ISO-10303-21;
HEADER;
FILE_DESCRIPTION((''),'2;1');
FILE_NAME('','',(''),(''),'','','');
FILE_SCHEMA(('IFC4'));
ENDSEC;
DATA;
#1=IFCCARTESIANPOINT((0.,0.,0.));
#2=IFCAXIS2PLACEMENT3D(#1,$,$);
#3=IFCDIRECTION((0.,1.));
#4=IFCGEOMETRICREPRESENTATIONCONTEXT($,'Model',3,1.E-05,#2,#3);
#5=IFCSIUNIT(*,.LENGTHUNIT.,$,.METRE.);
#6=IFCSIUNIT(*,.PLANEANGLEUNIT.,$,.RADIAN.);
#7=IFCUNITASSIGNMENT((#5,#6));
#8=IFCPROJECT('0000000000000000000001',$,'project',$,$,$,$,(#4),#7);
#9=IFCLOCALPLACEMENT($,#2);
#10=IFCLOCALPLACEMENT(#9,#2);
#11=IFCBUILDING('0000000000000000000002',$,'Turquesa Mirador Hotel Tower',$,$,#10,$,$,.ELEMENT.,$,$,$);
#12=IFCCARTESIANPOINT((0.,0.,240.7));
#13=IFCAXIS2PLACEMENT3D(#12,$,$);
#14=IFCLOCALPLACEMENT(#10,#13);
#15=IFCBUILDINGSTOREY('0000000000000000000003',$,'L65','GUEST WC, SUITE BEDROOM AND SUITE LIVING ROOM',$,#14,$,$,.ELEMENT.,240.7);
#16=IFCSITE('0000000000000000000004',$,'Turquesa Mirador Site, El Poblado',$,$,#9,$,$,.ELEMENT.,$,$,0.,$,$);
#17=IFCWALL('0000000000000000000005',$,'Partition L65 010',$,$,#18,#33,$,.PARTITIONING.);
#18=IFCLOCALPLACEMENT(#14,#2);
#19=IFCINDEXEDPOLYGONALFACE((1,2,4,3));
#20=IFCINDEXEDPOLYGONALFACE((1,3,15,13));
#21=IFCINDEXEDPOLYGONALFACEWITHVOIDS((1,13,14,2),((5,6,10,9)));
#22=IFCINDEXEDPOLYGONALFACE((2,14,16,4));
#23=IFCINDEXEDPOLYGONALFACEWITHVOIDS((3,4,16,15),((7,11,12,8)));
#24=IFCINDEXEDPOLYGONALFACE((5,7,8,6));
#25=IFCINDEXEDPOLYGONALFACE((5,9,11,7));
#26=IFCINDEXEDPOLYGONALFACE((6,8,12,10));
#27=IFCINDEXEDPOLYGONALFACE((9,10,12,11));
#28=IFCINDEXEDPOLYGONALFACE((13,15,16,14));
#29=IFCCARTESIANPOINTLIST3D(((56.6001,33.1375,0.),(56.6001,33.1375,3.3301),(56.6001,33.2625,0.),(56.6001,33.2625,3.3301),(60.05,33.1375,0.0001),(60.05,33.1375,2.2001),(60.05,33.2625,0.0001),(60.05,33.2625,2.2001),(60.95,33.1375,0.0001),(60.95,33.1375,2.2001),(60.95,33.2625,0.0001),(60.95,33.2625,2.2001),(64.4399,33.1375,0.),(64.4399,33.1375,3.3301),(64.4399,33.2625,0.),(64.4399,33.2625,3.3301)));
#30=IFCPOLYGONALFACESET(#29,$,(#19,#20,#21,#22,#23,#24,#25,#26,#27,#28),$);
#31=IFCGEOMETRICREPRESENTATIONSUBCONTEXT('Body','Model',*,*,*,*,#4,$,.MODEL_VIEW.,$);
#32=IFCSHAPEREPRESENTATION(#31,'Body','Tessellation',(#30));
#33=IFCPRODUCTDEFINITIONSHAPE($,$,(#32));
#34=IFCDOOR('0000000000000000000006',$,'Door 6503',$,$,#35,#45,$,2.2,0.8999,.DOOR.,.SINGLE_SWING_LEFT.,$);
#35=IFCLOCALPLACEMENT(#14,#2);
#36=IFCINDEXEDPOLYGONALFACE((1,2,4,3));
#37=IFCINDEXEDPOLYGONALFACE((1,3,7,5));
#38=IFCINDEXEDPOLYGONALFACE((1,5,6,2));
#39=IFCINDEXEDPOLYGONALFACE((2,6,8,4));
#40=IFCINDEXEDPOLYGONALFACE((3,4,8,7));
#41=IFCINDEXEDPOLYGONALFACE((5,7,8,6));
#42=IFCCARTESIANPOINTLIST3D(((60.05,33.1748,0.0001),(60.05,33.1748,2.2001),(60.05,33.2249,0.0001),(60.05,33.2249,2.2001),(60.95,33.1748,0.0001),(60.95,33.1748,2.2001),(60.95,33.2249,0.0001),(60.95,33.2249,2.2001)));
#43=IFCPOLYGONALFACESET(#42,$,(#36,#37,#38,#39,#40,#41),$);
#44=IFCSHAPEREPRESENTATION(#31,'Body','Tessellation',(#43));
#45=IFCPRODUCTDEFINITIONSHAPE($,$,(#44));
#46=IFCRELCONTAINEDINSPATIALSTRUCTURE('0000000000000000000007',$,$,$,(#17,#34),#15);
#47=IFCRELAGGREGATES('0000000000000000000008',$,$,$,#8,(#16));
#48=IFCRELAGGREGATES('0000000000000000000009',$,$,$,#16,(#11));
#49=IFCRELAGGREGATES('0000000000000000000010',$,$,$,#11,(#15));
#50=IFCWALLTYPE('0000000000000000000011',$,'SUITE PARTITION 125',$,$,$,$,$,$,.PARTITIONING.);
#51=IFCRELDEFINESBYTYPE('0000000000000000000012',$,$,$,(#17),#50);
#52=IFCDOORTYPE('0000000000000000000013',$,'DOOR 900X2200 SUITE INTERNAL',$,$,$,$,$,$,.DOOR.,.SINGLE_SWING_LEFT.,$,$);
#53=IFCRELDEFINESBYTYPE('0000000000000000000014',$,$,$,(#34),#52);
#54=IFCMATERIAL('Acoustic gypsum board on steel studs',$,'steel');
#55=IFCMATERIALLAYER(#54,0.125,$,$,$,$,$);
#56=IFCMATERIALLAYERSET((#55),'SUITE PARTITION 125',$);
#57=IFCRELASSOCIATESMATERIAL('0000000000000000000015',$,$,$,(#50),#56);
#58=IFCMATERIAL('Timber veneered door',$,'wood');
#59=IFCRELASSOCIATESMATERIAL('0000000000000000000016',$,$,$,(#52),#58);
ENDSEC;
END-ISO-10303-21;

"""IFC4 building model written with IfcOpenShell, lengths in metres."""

from ifc_helpers import new_model, si_unit, direction, frame, frame_2d, origin, place, context, subcontext, project, spatial, rectangle, extrude, material, layer, layer_set, type_object, element, fill, save


model = new_model("IFC4")

# Units and contexts
model_context = context("Model", 3, precision=1e-05, world=origin(), true_north=direction((0.0, 1.0)))
body_context = subcontext(model_context, "Body", "Model", "MODEL_VIEW")
ifc_project = project(units=[si_unit("LENGTHUNIT", "METRE"), si_unit("PLANEANGLEUNIT", "RADIAN")], contexts=[model_context])

# Site, building, storey
site_placement = place(None, origin())
site = spatial("IfcSite", under=ifc_project, at=site_placement, Name="Turquesa Mirador Site, El Poblado", CompositionType="ELEMENT", RefElevation=0.0)
building_placement = place(site_placement, origin())
building = spatial("IfcBuilding", under=site, at=building_placement, Name="Turquesa Mirador Hotel Tower", CompositionType="ELEMENT")
storey_placement = place(building_placement, frame((0.0, 0.0, 240.7)))
storey = spatial("IfcBuildingStorey", under=building, at=storey_placement, Name="L65", Description="GUEST WC, SUITE BEDROOM AND SUITE LIVING ROOM", CompositionType="ELEMENT", Elevation=240.7)

# Wall, opening, door
ifc_material_1 = material(Name="Acoustic gypsum board on steel studs", Category="steel")
ifc_layer_1 = layer(ifc_material_1, 0.125)
ifc_layer_set_1 = layer_set([ifc_layer_1], Name="SUITE PARTITION 125")
wall_type_1 = type_object("IfcWallType", Name="SUITE PARTITION 125", PredefinedType="PARTITIONING", material=ifc_layer_set_1)
wall_1_placement = place(storey_placement, frame((56.6001, 33.2, 0.0), z_axis=(0.0, 0.0, 1.0), x_axis=(1.0, 0.0, 0.0)))
wall_1 = element("IfcWall", 1, at=wall_1_placement, inside=storey, type_object=wall_type_1, Name="Partition L65 010", PredefinedType="PARTITIONING", context=body_context, shape_type="SweptSolid", body=[
    extrude(rectangle(XDim=7.8398, YDim=0.125, at=frame_2d((3.9199, 0.0))), origin(), (0.0, 0.0, 1.0), 3.3301),
])
opening_1_placement = place(wall_1_placement, frame((3.45, 0.0, 0.0)))
opening_1 = element("IfcOpeningElement", 2, at=opening_1_placement, cuts=wall_1, PredefinedType="OPENING", context=body_context, shape_type="SweptSolid", body=[
    extrude(rectangle(XDim=0.8999, YDim=2.2, at=frame_2d((0.45, 1.1001))), frame((0.0, 0.0725, 0.0), z_axis=(0.0, -1.0, 0.0), x_axis=(1.0, 0.0, 0.0)), (0.0, 0.0, 1.0), 0.145),
])
ifc_material_2 = material(Name="Timber veneered door", Category="wood")
door_type_1 = type_object("IfcDoorType", Name="DOOR 900X2200 SUITE INTERNAL", OperationType="SINGLE_SWING_LEFT", PredefinedType="DOOR", material=ifc_material_2)
door_1_placement = place(opening_1_placement, origin())
door_1 = element("IfcDoor", 3, at=door_1_placement, inside=storey, type_object=door_type_1, Name="Door 6503", OperationType="SINGLE_SWING_LEFT", OverallHeight=2.2, OverallWidth=0.8999, PredefinedType="DOOR", context=body_context, shape_type="SweptSolid", body=[
    extrude(rectangle(XDim=0.8999, YDim=2.2, at=frame_2d((0.45, 1.1001))), frame((0.0, 0.0249, 0.0), z_axis=(0.0, -1.0, 0.0), x_axis=(1.0, 0.0, 0.0)), (0.0, 0.0, 1.0), 0.05),
])
fill(opening_1, door_1)

save(model, "model.ifc")
